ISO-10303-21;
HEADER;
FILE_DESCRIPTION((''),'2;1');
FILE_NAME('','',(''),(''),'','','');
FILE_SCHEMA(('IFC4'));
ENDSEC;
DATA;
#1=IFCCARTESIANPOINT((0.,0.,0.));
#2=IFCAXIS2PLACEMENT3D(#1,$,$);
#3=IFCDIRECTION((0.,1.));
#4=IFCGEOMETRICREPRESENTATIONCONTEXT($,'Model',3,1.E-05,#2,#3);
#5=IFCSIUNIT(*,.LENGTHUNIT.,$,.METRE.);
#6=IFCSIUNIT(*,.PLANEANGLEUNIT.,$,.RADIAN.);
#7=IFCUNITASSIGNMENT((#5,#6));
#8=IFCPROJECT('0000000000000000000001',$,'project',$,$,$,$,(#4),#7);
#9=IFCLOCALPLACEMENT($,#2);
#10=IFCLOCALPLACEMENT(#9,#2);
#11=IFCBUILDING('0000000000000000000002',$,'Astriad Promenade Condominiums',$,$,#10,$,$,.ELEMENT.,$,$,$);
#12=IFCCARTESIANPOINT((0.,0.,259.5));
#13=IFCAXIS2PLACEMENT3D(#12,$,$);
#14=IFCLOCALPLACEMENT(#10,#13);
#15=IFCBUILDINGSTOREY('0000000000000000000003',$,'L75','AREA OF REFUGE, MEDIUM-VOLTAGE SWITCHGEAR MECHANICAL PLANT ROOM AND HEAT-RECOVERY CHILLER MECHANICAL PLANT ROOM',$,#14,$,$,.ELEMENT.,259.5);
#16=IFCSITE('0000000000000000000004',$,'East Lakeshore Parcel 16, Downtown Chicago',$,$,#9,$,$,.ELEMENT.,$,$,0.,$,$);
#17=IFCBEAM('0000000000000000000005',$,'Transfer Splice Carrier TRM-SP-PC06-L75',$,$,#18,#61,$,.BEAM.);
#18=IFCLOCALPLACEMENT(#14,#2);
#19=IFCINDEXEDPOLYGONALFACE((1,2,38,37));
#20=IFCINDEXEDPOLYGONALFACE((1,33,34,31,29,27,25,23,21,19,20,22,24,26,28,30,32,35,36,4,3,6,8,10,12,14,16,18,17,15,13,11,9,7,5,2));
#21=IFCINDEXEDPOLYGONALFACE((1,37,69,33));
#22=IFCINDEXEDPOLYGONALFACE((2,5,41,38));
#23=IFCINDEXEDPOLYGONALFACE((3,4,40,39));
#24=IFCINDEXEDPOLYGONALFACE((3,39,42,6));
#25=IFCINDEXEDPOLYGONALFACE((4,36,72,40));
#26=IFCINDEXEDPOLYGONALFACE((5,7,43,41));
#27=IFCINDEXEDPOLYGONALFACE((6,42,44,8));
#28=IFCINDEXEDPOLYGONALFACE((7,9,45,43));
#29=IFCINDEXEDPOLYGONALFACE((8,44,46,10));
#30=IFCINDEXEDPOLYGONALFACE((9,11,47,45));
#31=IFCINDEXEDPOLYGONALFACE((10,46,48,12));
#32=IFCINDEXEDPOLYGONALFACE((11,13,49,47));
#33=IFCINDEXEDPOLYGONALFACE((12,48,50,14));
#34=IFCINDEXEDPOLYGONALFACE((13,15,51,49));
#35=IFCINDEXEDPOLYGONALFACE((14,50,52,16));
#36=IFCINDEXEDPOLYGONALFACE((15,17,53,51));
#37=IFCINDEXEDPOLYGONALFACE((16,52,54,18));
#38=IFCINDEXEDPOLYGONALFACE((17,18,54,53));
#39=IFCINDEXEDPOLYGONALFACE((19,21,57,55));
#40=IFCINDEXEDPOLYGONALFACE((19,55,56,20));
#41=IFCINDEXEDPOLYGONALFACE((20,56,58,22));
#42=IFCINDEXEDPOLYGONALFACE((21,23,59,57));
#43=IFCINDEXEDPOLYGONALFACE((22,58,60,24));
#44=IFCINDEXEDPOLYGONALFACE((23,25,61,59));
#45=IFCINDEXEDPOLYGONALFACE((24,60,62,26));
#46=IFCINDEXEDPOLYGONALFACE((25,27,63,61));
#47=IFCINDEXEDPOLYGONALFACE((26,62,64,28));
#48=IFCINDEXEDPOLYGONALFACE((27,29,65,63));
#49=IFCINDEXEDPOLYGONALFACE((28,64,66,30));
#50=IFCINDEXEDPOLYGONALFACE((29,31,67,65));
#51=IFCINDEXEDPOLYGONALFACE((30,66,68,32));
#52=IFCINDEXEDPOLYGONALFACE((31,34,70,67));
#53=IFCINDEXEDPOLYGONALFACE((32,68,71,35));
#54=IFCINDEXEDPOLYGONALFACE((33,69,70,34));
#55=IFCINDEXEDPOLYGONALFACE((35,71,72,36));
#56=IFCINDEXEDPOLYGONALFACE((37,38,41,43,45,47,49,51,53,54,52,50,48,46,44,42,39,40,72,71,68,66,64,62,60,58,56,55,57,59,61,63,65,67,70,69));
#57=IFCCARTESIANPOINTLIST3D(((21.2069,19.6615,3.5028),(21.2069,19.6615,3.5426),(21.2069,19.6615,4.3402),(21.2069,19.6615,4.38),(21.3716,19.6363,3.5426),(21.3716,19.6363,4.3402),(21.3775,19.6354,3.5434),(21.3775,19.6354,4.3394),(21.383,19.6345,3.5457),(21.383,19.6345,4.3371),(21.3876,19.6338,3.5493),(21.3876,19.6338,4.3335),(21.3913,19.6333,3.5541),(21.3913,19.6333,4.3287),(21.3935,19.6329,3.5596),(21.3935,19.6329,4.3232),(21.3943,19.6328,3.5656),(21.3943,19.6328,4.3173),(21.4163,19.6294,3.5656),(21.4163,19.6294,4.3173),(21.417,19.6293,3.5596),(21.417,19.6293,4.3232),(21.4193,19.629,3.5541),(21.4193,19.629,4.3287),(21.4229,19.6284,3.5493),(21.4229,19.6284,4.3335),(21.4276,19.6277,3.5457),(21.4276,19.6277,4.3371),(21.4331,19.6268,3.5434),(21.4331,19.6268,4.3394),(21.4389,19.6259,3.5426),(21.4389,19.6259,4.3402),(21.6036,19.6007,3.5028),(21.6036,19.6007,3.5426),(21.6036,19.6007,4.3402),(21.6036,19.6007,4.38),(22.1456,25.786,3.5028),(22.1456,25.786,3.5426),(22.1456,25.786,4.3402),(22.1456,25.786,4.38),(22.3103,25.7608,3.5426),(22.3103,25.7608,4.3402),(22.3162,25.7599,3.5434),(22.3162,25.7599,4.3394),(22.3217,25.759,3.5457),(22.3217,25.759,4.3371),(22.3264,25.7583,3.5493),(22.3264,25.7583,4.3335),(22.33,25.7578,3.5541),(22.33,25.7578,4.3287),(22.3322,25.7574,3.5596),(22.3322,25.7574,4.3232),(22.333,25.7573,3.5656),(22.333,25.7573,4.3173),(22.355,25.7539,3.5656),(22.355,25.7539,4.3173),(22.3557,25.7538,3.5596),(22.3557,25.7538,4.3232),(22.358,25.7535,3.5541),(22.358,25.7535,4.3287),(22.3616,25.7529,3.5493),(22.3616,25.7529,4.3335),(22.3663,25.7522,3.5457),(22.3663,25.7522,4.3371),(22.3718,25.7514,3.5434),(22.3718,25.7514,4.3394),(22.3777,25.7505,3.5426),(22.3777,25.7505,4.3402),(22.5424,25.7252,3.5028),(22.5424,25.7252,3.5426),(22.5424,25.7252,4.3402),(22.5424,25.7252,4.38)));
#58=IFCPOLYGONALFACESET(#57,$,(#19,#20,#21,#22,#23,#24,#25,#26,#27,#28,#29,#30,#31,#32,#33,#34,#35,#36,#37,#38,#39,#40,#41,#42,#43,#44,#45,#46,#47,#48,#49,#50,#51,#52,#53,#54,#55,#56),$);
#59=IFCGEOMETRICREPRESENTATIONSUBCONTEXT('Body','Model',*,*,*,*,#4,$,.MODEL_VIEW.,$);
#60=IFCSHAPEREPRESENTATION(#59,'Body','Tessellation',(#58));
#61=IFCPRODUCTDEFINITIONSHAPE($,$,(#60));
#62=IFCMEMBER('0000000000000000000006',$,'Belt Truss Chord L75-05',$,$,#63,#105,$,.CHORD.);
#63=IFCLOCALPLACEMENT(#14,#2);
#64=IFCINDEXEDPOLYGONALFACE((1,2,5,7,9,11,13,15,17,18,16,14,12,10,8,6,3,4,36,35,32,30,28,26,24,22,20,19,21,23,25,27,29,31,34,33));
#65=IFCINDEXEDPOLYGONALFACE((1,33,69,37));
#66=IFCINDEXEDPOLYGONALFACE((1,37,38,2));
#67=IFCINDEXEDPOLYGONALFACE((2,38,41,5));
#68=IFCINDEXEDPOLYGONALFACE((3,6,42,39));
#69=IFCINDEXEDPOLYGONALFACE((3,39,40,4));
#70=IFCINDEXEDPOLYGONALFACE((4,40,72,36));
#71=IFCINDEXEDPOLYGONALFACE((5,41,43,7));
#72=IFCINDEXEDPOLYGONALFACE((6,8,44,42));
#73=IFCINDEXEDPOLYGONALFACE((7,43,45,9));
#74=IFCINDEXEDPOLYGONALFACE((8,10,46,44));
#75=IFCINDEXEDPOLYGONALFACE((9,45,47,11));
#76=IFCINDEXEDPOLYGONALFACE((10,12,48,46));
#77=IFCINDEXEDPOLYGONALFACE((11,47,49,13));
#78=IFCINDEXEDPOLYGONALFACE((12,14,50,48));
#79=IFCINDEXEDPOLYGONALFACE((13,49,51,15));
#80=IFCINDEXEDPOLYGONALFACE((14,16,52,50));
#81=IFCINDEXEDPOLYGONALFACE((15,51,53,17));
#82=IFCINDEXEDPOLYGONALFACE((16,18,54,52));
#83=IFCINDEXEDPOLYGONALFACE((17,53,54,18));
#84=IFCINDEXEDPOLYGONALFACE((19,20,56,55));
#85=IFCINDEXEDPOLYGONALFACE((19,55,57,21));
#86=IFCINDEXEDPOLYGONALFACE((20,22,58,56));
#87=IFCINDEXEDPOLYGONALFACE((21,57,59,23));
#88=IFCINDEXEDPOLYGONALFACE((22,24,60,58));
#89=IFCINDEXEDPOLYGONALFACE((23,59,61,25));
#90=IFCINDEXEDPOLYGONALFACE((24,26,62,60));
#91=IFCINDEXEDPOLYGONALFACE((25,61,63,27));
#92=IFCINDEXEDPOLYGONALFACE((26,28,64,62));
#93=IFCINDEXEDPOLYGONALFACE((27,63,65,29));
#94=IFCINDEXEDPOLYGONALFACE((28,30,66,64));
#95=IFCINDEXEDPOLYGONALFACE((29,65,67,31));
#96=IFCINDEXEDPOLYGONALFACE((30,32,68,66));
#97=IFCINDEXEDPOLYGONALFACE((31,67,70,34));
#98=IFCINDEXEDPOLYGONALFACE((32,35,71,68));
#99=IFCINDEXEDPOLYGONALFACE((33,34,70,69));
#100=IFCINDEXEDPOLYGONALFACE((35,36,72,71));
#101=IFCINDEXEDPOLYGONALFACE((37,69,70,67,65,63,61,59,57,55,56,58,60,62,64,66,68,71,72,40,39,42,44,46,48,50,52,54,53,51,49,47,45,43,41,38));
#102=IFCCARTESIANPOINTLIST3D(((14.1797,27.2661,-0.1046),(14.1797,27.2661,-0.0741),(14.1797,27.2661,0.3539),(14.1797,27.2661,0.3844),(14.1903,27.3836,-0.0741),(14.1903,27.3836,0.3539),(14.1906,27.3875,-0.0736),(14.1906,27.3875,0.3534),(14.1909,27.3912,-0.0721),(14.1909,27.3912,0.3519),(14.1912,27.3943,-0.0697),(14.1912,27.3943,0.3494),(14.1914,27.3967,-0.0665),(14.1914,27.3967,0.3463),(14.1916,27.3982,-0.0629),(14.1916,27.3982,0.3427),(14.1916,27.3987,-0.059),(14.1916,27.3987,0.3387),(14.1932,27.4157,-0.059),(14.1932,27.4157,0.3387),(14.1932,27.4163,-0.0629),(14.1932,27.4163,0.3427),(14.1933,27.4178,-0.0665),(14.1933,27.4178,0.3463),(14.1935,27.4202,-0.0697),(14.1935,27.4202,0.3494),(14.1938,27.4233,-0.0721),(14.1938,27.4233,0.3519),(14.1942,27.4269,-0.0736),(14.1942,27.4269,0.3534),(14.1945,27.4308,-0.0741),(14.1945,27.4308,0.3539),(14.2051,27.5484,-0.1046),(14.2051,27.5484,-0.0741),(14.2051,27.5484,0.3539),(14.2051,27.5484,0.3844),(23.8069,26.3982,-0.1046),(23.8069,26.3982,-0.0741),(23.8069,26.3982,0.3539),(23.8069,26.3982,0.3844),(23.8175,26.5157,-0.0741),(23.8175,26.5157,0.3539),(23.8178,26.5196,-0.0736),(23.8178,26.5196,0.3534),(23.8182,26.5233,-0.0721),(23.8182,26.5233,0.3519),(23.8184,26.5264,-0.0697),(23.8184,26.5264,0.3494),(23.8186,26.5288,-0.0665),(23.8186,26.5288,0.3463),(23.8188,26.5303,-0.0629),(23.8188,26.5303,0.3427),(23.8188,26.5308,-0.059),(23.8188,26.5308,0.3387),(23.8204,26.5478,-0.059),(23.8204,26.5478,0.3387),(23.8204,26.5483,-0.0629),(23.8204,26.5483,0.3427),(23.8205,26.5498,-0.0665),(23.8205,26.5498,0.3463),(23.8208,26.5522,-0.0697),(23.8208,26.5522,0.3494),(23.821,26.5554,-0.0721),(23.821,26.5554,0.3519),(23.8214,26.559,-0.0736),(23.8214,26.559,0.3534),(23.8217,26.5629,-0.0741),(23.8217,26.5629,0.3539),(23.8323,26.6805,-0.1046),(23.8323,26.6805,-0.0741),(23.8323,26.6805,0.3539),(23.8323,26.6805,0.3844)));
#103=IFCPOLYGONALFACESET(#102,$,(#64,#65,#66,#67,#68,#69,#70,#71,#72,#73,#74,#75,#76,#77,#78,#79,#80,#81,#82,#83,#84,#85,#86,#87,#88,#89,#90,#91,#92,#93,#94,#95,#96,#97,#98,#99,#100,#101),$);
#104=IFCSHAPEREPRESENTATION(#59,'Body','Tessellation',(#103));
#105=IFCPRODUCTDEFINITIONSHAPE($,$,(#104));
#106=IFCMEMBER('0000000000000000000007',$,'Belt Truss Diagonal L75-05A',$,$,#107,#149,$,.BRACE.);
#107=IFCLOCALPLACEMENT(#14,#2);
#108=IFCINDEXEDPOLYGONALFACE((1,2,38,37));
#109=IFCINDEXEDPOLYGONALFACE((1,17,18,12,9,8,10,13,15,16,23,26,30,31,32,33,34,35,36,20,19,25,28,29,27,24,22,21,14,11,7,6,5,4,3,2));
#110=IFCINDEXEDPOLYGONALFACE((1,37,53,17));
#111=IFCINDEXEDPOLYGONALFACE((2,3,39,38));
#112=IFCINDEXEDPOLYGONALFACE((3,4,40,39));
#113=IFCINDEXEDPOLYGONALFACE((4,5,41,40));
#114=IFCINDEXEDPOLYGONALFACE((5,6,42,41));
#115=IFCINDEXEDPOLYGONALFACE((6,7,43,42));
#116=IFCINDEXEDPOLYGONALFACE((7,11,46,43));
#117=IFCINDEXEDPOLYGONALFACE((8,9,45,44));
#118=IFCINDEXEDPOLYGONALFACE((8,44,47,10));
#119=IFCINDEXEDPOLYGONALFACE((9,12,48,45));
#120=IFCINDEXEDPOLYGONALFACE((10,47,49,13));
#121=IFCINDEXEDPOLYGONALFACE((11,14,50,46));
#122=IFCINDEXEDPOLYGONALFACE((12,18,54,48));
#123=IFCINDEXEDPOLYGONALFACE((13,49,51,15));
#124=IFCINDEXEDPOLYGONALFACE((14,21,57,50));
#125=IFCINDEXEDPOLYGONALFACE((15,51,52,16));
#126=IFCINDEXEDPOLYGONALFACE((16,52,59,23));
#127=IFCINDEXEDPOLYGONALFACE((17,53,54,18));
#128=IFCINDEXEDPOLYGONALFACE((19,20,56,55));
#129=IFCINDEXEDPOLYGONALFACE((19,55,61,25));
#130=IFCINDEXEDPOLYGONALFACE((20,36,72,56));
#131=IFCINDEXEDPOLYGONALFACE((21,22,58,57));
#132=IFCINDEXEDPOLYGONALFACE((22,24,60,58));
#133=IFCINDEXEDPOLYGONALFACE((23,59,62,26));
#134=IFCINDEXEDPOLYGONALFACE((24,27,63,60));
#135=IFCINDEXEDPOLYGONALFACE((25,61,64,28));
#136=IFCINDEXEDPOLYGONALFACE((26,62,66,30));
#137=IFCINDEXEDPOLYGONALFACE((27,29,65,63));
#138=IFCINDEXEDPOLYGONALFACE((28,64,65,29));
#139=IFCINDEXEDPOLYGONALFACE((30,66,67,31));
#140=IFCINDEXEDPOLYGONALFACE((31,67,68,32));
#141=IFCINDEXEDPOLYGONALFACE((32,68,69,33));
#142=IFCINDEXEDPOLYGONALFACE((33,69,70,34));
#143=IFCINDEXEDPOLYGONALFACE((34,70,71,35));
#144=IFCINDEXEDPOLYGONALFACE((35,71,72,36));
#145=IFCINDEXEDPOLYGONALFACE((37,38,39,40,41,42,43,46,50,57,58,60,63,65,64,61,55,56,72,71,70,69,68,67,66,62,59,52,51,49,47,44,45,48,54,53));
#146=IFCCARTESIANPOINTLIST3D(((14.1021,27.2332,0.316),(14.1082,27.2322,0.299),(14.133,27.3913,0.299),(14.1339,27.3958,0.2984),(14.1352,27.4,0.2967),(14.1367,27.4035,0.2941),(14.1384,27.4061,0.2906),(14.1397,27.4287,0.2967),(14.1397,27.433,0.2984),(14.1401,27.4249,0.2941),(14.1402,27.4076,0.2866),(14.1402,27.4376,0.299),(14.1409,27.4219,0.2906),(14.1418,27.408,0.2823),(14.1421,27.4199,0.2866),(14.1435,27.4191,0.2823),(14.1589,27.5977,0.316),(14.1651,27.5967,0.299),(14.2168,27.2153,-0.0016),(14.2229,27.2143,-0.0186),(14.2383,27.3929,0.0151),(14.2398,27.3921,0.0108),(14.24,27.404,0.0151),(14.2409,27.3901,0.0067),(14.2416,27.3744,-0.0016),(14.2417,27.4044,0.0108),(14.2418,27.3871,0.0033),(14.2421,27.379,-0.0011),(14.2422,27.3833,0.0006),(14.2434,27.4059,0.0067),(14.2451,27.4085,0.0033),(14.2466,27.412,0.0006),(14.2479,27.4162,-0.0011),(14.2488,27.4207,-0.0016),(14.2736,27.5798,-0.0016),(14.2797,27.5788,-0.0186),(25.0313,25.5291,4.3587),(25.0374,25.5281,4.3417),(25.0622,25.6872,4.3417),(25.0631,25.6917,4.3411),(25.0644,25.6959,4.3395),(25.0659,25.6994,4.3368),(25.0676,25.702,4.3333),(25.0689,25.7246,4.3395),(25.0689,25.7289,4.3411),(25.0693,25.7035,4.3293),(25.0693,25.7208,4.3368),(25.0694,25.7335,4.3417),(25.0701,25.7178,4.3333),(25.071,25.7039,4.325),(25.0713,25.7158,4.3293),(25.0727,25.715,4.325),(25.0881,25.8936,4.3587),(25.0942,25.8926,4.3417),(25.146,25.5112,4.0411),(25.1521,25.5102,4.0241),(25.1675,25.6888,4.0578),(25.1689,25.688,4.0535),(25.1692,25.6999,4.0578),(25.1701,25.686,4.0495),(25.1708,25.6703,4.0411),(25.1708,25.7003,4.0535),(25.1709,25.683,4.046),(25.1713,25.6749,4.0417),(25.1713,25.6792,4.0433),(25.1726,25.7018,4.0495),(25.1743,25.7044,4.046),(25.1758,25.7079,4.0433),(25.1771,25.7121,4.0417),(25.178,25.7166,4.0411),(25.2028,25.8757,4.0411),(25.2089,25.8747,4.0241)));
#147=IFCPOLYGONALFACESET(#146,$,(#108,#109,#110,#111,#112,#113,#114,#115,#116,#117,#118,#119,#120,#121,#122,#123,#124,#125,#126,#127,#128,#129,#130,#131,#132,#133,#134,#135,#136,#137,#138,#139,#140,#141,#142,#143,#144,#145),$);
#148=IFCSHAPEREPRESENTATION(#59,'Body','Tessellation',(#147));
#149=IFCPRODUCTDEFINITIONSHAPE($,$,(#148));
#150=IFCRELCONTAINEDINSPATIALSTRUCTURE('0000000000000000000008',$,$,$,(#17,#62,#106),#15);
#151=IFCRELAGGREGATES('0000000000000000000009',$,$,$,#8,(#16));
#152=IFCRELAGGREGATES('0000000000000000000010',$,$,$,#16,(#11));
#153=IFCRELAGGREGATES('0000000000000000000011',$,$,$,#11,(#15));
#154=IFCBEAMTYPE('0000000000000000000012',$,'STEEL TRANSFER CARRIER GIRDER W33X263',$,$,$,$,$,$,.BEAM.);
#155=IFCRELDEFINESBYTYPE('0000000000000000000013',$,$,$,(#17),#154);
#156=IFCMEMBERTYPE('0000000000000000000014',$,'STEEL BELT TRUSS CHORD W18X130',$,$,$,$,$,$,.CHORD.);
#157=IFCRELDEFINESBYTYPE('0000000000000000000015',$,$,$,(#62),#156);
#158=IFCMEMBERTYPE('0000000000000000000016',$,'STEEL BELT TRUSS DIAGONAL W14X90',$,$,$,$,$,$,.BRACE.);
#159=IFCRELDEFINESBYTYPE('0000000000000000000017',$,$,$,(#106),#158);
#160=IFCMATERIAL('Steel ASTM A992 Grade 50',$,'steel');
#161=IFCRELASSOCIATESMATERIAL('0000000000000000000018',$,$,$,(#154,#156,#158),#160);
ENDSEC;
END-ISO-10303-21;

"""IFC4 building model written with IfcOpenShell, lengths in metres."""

from ifc_helpers import new_model, si_unit, direction, frame, origin, origin_2d, place, context, subcontext, project, spatial, i_section, extrude, source, transform, mapped, material, material_profile, profile_set, type_object, type_shapes, element, save


model = new_model("IFC4")

# Units and contexts
model_context = context("Model", 3, precision=1e-05, world=origin(), true_north=direction((0.0, 1.0)))
body_context = subcontext(model_context, "Body", "Model", "MODEL_VIEW")
ifc_project = project(units=[si_unit("LENGTHUNIT", "METRE"), si_unit("PLANEANGLEUNIT", "RADIAN")], contexts=[model_context])

# Site, building, storey
site_placement = place(None, origin())
site = spatial("IfcSite", under=ifc_project, at=site_placement, Name="East Lakeshore Parcel 16, Downtown Chicago", CompositionType="ELEMENT", RefElevation=0.0)
building_placement = place(site_placement, origin())
building = spatial("IfcBuilding", under=site, at=building_placement, Name="Astriad Promenade Condominiums", CompositionType="ELEMENT")
storey_placement = place(building_placement, frame((0.0, 0.0, 259.5)))
storey = spatial("IfcBuildingStorey", under=building, at=storey_placement, Name="L75", Description="AREA OF REFUGE, MEDIUM-VOLTAGE SWITCHGEAR MECHANICAL PLANT ROOM AND HEAT-RECOVERY CHILLER MECHANICAL PLANT ROOM", CompositionType="ELEMENT", Elevation=259.5)

# Shared definitions
ifc_material_1 = material(Name="Steel ASTM A992 Grade 50", Category="steel")

# Beam
ifc_material_profile_1 = material_profile(ifc_material_1, i_section(OverallWidth=0.4014, OverallDepth=0.8772, WebThickness=0.0222, FlangeThickness=0.0398, FilletRadius=0.0229, at=origin_2d()), Name="W33X263")
ifc_profile_set_1 = profile_set([ifc_material_profile_1], Name="Steel ASTM A992 Grade 50")
beam_type_1 = type_object("IfcBeamType", Name="STEEL TRANSFER CARRIER GIRDER W33X263", PredefinedType="BEAM", material=ifc_profile_set_1)
shared_shape_1 = source(origin(), body_context, "Body", "SweptSolid", [
    extrude(i_section(OverallWidth=0.4014, OverallDepth=0.8772, WebThickness=0.0222, FlangeThickness=0.0398, FilletRadius=0.0229, at=origin_2d()), origin(), (0.0, 0.0, 1.0), 6.196),
])
type_shapes(beam_type_1, [shared_shape_1])
beam_1_placement = place(storey_placement, frame((21.4053, 19.6311, 3.9414), z_axis=(0.151503, 0.988457, 0.0), x_axis=(-0.988457, 0.151503, 0.0)))
element("IfcBeam", 1, at=beam_1_placement, inside=storey, type_object=beam_type_1, Name="Transfer Splice Carrier TRM-SP-PC06-L75", PredefinedType="BEAM", context=body_context, shape_type="MappedRepresentation", body=[
    mapped(shared_shape_1, transform((0.0, 0.0, 0.0), scale=1.0)),
])

# Members
ifc_material_profile_2 = material_profile(ifc_material_1, i_section(OverallWidth=0.2834, OverallDepth=0.489, WebThickness=0.0171, FlangeThickness=0.0305, FilletRadius=0.0151, at=origin_2d()), Name="W18X130")
ifc_profile_set_2 = profile_set([ifc_material_profile_2], Name="Steel ASTM A992 Grade 50")
member_type_1 = type_object("IfcMemberType", Name="STEEL BELT TRUSS CHORD W18X130", PredefinedType="CHORD", material=ifc_profile_set_2)
shared_shape_2 = source(origin(), body_context, "Body", "SweptSolid", [
    extrude(i_section(OverallWidth=0.2834, OverallDepth=0.489, WebThickness=0.0171, FlangeThickness=0.0305, FilletRadius=0.0151, at=origin_2d()), origin(), (0.0, 0.0, 1.0), 9.6663),
])
member_1_placement = place(storey_placement, frame((14.1924, 27.4072, 0.1399), z_axis=(0.995961, -0.089789, 0.0), x_axis=(0.089789, 0.995961, 0.0)))
element("IfcMember", 2, at=member_1_placement, inside=storey, type_object=member_type_1, Name="Belt Truss Chord L75-05", PredefinedType="CHORD", context=body_context, shape_type="MappedRepresentation", body=[
    mapped(shared_shape_2, transform((0.0, 0.0, 0.0), scale=1.0)),
])
ifc_material_profile_3 = material_profile(ifc_material_1, i_section(OverallWidth=0.3689, OverallDepth=0.3562, WebThickness=0.0112, FlangeThickness=0.0181, FilletRadius=0.0178, at=origin_2d()), Name="W14X90")
ifc_profile_set_3 = profile_set([ifc_material_profile_3], Name="Steel ASTM A992 Grade 50")
member_type_2 = type_object("IfcMemberType", Name="STEEL BELT TRUSS DIAGONAL W14X90", PredefinedType="BRACE", material=ifc_profile_set_3)
shared_shape_3 = source(origin(), body_context, "Body", "SweptSolid", [
    extrude(i_section(OverallWidth=0.3689, OverallDepth=0.3562, WebThickness=0.0112, FlangeThickness=0.0181, FilletRadius=0.0178, at=origin_2d()), origin(), (0.0, 0.0, 1.0), 11.7769),
])
member_2_placement = place(storey_placement, frame((14.1909, 27.406, 0.1487), z_axis=(0.928021, -0.144699, 0.343276), x_axis=(0.15406, 0.988061, 0.0)))
element("IfcMember", 3, at=member_2_placement, inside=storey, type_object=member_type_2, Name="Belt Truss Diagonal L75-05A", PredefinedType="BRACE", context=body_context, shape_type="MappedRepresentation", body=[
    mapped(shared_shape_3, transform((0.0, 0.0, 0.0), scale=1.0)),
])

save(model, "model.ifc")
